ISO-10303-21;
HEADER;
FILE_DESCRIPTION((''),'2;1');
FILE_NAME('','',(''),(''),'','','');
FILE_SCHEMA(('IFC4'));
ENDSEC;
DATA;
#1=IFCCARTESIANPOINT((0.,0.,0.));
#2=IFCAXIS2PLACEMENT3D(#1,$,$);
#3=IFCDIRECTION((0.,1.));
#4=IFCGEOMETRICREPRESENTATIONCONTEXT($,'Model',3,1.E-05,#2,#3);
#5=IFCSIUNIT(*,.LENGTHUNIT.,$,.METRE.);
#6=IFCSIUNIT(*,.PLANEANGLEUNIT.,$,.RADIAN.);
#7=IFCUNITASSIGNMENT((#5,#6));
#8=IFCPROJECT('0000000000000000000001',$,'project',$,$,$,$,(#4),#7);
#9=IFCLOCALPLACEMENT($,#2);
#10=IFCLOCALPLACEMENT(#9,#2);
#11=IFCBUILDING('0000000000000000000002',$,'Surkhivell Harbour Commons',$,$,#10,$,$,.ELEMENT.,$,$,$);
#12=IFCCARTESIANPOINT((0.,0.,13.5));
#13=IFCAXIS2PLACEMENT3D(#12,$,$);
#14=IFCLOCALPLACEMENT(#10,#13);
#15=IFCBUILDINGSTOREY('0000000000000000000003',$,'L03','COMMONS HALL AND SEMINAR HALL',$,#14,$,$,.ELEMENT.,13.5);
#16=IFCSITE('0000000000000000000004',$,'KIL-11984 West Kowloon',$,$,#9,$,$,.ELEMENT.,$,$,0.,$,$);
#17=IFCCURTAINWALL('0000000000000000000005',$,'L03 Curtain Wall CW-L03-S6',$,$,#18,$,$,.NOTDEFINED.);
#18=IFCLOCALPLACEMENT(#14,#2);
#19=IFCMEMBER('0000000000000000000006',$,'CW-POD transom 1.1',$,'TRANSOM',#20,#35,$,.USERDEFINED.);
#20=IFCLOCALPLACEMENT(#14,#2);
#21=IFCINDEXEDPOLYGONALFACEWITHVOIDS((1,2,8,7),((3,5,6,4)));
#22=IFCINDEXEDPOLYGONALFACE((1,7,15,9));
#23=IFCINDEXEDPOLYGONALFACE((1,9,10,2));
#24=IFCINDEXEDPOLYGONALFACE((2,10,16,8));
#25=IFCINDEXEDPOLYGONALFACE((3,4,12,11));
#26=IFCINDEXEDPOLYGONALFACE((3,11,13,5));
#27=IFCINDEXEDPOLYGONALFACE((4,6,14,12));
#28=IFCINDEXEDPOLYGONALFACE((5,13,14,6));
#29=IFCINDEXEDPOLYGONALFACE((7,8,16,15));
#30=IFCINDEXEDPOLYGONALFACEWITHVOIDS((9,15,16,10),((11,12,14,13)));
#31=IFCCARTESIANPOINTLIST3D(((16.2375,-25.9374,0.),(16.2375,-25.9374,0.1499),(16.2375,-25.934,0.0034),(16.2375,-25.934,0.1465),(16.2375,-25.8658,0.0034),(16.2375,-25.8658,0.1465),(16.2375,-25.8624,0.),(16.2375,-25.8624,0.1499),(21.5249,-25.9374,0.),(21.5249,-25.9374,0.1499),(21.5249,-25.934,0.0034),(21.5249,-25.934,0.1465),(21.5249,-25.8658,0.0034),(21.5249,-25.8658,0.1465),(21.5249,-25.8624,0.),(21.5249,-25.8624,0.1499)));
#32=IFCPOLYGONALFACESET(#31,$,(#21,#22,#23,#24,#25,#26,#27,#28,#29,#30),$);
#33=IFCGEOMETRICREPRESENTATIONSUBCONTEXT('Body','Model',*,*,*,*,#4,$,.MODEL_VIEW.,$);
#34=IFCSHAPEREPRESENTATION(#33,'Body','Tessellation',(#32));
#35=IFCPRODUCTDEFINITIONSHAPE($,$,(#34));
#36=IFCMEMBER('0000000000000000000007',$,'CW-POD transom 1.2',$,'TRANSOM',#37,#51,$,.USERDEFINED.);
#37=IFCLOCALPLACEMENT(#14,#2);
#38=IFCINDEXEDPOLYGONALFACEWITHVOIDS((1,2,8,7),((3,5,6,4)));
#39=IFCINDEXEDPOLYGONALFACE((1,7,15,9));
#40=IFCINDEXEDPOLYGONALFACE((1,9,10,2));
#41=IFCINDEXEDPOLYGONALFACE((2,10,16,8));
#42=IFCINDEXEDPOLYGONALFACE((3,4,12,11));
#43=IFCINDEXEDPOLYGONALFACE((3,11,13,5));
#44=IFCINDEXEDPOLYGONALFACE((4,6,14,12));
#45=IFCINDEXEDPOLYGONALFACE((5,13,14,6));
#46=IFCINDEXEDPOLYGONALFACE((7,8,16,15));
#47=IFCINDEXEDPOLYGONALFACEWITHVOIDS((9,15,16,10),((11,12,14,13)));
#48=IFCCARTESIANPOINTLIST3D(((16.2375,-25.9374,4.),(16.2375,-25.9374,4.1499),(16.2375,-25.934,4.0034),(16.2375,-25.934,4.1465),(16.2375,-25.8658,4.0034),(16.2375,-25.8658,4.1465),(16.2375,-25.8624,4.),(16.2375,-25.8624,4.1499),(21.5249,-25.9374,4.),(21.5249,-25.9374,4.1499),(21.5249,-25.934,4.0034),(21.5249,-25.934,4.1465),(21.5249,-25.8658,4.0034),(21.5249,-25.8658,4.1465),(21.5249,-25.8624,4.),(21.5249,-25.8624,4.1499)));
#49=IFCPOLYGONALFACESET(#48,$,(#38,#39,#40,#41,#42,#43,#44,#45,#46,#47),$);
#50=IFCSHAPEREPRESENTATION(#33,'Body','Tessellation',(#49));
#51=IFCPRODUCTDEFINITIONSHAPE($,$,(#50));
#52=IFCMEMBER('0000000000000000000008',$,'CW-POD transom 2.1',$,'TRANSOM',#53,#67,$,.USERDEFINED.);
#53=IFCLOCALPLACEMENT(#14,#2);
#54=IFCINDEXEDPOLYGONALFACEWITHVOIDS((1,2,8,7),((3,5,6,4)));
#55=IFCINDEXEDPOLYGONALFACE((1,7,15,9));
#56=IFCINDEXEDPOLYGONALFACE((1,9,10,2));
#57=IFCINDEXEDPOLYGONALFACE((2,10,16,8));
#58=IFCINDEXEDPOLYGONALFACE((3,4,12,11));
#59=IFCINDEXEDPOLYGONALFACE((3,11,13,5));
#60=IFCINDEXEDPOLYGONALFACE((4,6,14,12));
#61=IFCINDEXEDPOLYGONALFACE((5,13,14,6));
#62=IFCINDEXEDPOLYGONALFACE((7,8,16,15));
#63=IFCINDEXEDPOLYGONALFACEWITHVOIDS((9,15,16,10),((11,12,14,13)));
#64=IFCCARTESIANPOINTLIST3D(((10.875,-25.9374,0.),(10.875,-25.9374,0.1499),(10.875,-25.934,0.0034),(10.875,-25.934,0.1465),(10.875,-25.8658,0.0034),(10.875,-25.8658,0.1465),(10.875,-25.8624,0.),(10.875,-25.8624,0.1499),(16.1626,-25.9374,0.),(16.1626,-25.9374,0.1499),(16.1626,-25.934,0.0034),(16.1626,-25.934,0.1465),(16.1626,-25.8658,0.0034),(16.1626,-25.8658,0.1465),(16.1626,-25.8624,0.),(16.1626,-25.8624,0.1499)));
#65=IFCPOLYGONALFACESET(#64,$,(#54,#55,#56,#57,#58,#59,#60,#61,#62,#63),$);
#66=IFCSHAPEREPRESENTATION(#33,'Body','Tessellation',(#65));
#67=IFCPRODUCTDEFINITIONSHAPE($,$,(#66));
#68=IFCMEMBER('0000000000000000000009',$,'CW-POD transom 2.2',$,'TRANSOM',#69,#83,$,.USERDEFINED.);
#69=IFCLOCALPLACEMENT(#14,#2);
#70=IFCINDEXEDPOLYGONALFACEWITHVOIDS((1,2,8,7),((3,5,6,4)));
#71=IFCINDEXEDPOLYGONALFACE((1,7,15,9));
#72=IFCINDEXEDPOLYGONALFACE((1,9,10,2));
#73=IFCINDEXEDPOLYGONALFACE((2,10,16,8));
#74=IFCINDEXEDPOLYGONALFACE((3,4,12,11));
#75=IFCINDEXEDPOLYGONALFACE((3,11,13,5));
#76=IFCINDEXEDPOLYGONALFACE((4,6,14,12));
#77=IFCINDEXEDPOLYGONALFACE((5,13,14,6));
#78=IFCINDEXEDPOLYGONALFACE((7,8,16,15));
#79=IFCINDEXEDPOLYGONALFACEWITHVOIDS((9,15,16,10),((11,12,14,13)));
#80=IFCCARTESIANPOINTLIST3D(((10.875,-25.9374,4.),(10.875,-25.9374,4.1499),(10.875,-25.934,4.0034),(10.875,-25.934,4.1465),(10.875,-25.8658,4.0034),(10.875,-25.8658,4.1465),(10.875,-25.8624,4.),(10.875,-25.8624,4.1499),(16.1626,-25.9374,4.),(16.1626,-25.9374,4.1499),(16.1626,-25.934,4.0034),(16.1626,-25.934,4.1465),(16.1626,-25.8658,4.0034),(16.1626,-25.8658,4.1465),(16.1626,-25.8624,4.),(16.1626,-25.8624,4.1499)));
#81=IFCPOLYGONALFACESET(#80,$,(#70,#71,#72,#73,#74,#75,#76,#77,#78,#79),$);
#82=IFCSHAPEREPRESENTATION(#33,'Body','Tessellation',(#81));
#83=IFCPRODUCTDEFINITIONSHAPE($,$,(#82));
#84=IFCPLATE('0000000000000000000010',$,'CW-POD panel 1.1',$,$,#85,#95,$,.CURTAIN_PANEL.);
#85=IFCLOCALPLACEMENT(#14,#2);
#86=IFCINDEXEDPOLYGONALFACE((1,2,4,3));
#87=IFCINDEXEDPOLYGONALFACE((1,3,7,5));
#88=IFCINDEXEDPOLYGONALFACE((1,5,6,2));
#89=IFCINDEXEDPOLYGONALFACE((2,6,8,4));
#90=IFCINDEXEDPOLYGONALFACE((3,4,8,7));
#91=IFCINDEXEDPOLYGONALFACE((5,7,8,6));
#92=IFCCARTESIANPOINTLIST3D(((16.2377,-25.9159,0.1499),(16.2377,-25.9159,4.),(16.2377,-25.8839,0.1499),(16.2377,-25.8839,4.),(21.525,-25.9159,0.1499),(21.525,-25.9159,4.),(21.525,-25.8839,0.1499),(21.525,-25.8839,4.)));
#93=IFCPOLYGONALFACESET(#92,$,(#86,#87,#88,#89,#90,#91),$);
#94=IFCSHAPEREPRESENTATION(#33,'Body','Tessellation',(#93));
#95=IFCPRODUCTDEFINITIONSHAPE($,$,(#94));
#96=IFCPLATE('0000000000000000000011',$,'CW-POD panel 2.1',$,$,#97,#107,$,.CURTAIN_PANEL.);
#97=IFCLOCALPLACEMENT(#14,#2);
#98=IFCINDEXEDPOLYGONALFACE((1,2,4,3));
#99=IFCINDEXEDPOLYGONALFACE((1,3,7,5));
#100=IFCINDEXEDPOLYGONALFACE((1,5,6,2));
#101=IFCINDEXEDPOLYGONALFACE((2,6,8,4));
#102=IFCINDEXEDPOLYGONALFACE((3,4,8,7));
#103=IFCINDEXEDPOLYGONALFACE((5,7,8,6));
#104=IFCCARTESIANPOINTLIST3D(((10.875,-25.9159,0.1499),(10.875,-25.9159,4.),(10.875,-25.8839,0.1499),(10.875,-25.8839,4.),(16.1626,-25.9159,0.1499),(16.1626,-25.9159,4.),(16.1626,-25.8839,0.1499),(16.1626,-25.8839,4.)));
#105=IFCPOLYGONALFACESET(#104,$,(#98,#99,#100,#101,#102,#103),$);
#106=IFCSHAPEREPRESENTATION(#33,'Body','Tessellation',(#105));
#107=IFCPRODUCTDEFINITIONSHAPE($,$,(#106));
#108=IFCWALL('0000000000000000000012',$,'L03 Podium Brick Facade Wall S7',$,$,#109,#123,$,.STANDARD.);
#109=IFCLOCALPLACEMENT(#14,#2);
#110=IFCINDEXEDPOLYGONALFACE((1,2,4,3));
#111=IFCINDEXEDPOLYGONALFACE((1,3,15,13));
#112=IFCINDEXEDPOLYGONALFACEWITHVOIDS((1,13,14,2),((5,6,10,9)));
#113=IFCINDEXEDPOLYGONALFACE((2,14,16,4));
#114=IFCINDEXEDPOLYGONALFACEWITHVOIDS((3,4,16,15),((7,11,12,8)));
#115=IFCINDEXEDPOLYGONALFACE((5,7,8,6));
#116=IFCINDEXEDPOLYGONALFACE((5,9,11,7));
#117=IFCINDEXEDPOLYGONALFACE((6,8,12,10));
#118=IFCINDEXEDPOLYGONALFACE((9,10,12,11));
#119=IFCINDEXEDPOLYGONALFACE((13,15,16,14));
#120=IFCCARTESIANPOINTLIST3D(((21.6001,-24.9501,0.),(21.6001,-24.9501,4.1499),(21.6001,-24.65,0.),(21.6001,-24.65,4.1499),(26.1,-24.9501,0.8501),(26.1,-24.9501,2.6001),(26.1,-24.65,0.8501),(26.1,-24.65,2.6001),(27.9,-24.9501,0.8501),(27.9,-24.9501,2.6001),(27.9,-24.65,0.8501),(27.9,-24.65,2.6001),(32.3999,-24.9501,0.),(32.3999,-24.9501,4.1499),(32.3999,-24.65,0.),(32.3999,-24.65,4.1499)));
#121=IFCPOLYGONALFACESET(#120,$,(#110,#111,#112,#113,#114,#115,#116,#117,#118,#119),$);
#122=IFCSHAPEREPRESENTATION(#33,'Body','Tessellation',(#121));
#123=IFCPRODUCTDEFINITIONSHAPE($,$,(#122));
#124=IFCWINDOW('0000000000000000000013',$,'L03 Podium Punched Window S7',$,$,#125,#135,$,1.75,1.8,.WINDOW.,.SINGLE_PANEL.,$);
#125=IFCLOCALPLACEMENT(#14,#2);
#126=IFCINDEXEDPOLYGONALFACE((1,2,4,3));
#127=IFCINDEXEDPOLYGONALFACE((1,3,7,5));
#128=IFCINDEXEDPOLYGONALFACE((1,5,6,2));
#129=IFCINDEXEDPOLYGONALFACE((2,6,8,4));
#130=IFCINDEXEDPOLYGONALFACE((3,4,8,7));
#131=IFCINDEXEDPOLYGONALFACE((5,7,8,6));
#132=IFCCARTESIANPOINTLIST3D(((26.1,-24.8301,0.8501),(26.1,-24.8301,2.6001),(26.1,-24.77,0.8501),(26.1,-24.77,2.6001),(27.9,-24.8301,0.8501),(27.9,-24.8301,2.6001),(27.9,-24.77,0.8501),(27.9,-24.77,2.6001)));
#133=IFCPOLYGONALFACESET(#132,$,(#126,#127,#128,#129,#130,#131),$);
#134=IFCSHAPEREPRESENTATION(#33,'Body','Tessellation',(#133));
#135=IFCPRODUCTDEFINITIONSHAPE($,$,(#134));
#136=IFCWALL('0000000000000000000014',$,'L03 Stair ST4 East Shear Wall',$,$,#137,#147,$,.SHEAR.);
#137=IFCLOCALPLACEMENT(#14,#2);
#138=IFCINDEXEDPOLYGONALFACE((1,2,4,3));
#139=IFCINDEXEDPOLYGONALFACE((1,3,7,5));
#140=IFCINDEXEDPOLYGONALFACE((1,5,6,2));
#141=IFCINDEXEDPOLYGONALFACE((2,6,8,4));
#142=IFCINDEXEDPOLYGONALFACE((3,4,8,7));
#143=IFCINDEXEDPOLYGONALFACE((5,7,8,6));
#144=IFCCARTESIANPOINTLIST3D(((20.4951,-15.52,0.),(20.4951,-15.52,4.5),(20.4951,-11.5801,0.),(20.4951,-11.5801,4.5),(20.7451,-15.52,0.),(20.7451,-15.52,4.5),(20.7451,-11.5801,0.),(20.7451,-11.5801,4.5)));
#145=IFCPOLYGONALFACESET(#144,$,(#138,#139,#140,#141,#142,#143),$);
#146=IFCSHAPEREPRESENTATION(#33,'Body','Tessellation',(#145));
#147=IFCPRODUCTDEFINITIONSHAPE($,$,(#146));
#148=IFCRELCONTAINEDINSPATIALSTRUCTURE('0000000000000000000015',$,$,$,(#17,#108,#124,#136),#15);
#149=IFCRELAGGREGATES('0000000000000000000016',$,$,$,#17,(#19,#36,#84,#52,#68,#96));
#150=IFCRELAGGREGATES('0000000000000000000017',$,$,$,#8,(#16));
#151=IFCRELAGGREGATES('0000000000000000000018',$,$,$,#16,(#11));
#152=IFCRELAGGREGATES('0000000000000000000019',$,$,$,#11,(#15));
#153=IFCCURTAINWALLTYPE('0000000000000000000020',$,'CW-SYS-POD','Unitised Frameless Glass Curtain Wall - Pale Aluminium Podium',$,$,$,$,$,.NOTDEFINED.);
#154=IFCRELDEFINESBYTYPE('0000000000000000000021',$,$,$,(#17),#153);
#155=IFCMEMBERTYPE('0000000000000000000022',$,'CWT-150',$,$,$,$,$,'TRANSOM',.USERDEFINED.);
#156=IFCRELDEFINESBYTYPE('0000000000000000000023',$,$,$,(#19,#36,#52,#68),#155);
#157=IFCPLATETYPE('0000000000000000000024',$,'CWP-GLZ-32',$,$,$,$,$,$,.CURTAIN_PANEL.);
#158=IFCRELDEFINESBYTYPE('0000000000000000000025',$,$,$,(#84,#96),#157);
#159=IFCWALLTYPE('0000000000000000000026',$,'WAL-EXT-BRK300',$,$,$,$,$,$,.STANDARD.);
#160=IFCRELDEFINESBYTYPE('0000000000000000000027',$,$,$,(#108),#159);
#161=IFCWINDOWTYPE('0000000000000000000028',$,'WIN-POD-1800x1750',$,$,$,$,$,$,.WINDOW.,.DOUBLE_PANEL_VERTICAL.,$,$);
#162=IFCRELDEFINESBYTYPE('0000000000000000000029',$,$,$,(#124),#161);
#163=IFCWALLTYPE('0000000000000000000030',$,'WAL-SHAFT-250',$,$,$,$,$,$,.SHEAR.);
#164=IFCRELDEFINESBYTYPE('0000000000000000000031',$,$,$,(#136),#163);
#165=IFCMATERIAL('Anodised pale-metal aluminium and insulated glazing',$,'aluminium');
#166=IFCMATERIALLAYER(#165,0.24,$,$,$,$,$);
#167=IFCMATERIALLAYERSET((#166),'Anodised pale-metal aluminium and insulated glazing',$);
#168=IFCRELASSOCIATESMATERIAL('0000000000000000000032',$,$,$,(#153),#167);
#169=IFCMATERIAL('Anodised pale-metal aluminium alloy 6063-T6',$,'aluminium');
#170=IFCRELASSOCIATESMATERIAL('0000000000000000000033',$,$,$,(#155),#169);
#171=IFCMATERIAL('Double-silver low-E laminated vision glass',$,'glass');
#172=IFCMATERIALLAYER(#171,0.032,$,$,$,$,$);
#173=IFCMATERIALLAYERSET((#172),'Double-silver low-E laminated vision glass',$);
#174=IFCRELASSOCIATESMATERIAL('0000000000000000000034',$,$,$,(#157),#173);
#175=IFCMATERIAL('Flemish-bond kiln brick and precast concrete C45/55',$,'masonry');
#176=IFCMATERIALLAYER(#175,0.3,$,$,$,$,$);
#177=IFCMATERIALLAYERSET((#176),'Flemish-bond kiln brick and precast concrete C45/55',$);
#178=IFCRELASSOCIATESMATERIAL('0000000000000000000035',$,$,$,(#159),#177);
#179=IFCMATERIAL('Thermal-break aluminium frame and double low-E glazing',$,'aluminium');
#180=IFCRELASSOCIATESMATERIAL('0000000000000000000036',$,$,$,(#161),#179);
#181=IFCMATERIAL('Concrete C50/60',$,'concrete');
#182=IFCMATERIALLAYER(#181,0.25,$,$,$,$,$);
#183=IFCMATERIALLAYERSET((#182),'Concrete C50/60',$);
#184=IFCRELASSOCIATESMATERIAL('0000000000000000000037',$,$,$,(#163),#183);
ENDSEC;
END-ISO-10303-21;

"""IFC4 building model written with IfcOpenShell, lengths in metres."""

from ifc_helpers import new_model, si_unit, direction, frame, frame_2d, origin, origin_2d, place, context, subcontext, project, spatial, rectangle, hollow_rectangle, extrude, material, layer, layer_set, material_profile, profile_set, type_object, element, fill, aggregate, save


model = new_model("IFC4")

# Units and contexts
model_context = context("Model", 3, precision=1e-05, world=origin(), true_north=direction((0.0, 1.0)))
body_context = subcontext(model_context, "Body", "Model", "MODEL_VIEW")
ifc_project = project(units=[si_unit("LENGTHUNIT", "METRE"), si_unit("PLANEANGLEUNIT", "RADIAN")], contexts=[model_context])

# Site, building, storey
site_placement = place(None, origin())
site = spatial("IfcSite", under=ifc_project, at=site_placement, Name="KIL-11984 West Kowloon", CompositionType="ELEMENT", RefElevation=0.0)
building_placement = place(site_placement, origin())
building = spatial("IfcBuilding", under=site, at=building_placement, Name="Surkhivell Harbour Commons", CompositionType="ELEMENT")
storey_placement = place(building_placement, frame((0.0, 0.0, 13.5)))
storey = spatial("IfcBuildingStorey", under=building, at=storey_placement, Name="L03", Description="COMMONS HALL AND SEMINAR HALL", CompositionType="ELEMENT", Elevation=13.5)

# Shared definitions
ifc_material_1 = material(Name="Concrete C50/60", Category="concrete")

# Curtain wall
ifc_material_2 = material(Name="Anodised pale-metal aluminium and insulated glazing", Category="aluminium")
ifc_layer_1 = layer(ifc_material_2, 0.24)
ifc_layer_set_1 = layer_set([ifc_layer_1], Name="Anodised pale-metal aluminium and insulated glazing")
curtain_wall_type = type_object("IfcCurtainWallType", Name="CW-SYS-POD", Description="Unitised Frameless Glass Curtain Wall - Pale Aluminium Podium", PredefinedType="NOTDEFINED", material=ifc_layer_set_1)
curtain_wall_1_placement = place(storey_placement, origin())
curtain_wall_1 = element("IfcCurtainWall", 1, at=curtain_wall_1_placement, inside=storey, type_object=curtain_wall_type, Name="L03 Curtain Wall CW-L03-S6", PredefinedType="NOTDEFINED")
ifc_material_3 = material(Name="Anodised pale-metal aluminium alloy 6063-T6", Category="aluminium")

# Members
ifc_material_profile_1 = material_profile(ifc_material_3, hollow_rectangle(XDim=0.075, YDim=0.1499, WallThickness=0.0034, at=origin_2d()), Name="ALU-TRAN-75x150")
ifc_profile_set_1 = profile_set([ifc_material_profile_1], Name="Anodised pale-metal aluminium alloy 6063-T6")
member_type_1 = type_object("IfcMemberType", Name="CWT-150", ElementType="TRANSOM", PredefinedType="USERDEFINED", material=ifc_profile_set_1)
member_1_placement = place(storey_placement, frame((21.5249, -25.8999, 0.075), z_axis=(-1.0, 0.0, 0.0), x_axis=(0.0, -1.0, 0.0)))
member_1 = element("IfcMember", 2, at=member_1_placement, type_object=member_type_1, Name="CW-POD transom 1.1", ObjectType="TRANSOM", PredefinedType="USERDEFINED", context=body_context, shape_type="SweptSolid", body=[
    extrude(hollow_rectangle(XDim=0.075, YDim=0.1499, WallThickness=0.0034, at=origin_2d()), origin(), (0.0, 0.0, 1.0), 5.2874),
])
member_2_placement = place(storey_placement, frame((21.5249, -25.8999, 4.075), z_axis=(-1.0, 0.0, 0.0), x_axis=(0.0, -1.0, 0.0)))
member_2 = element("IfcMember", 3, at=member_2_placement, type_object=member_type_1, Name="CW-POD transom 1.2", ObjectType="TRANSOM", PredefinedType="USERDEFINED", context=body_context, shape_type="SweptSolid", body=[
    extrude(hollow_rectangle(XDim=0.075, YDim=0.1499, WallThickness=0.0034, at=origin_2d()), origin(), (0.0, 0.0, 1.0), 5.2874),
])
member_3_placement = place(storey_placement, frame((16.1626, -25.8999, 0.075), z_axis=(-1.0, 0.0, 0.0), x_axis=(0.0, -1.0, 0.0)))
member_3 = element("IfcMember", 4, at=member_3_placement, type_object=member_type_1, Name="CW-POD transom 2.1", ObjectType="TRANSOM", PredefinedType="USERDEFINED", context=body_context, shape_type="SweptSolid", body=[
    extrude(hollow_rectangle(XDim=0.075, YDim=0.1499, WallThickness=0.0034, at=origin_2d()), origin(), (0.0, 0.0, 1.0), 5.2876),
])
member_4_placement = place(storey_placement, frame((16.1626, -25.8999, 4.075), z_axis=(-1.0, 0.0, 0.0), x_axis=(0.0, -1.0, 0.0)))
member_4 = element("IfcMember", 5, at=member_4_placement, type_object=member_type_1, Name="CW-POD transom 2.2", ObjectType="TRANSOM", PredefinedType="USERDEFINED", context=body_context, shape_type="SweptSolid", body=[
    extrude(hollow_rectangle(XDim=0.075, YDim=0.1499, WallThickness=0.0034, at=origin_2d()), origin(), (0.0, 0.0, 1.0), 5.2876),
])

# Plates
ifc_material_4 = material(Name="Double-silver low-E laminated vision glass", Category="glass")
ifc_layer_2 = layer(ifc_material_4, 0.032)
ifc_layer_set_2 = layer_set([ifc_layer_2], Name="Double-silver low-E laminated vision glass")
plate_type = type_object("IfcPlateType", Name="CWP-GLZ-32", PredefinedType="CURTAIN_PANEL", material=ifc_layer_set_2)
plate_1_placement = place(storey_placement, frame((21.5249, -25.8999, 0.1499), z_axis=(0.0, 0.0, 1.0), x_axis=(-1.0, 0.0, 0.0)))
plate_1 = element("IfcPlate", 6, at=plate_1_placement, type_object=plate_type, Name="CW-POD panel 1.1", PredefinedType="CURTAIN_PANEL", context=body_context, shape_type="SweptSolid", body=[
    extrude(rectangle(XDim=5.2874, YDim=0.032, at=frame_2d((2.6436, 0.0))), origin(), (0.0, 0.0, 1.0), 3.8501),
])
plate_2_placement = place(storey_placement, frame((16.1626, -25.8999, 0.1499), z_axis=(0.0, 0.0, 1.0), x_axis=(-1.0, 0.0, 0.0)))
plate_2 = element("IfcPlate", 7, at=plate_2_placement, type_object=plate_type, Name="CW-POD panel 2.1", PredefinedType="CURTAIN_PANEL", context=body_context, shape_type="SweptSolid", body=[
    extrude(rectangle(XDim=5.2876, YDim=0.032, at=frame_2d((2.6438, 0.0))), origin(), (0.0, 0.0, 1.0), 3.8501),
])
aggregate(curtain_wall_1, [member_1, member_2, plate_1, member_3, member_4, plate_2])

# Wall, opening, window
ifc_material_5 = material(Name="Flemish-bond kiln brick and precast concrete C45/55", Category="masonry")
ifc_layer_3 = layer(ifc_material_5, 0.3)
ifc_layer_set_3 = layer_set([ifc_layer_3], Name="Flemish-bond kiln brick and precast concrete C45/55")
wall_type_1 = type_object("IfcWallType", Name="WAL-EXT-BRK300", PredefinedType="STANDARD", material=ifc_layer_set_3)
wall_1_placement = place(storey_placement, frame((32.3999, -24.8, 0.0), z_axis=(0.0, 0.0, 1.0), x_axis=(-1.0, 0.0, 0.0)))
wall_1 = element("IfcWall", 8, at=wall_1_placement, inside=storey, type_object=wall_type_1, Name="L03 Podium Brick Facade Wall S7", PredefinedType="STANDARD", context=body_context, shape_type="SweptSolid", body=[
    extrude(rectangle(XDim=10.7998, YDim=0.3, at=frame_2d((5.3999, 0.0))), origin(), (0.0, 0.0, 1.0), 4.1499),
])
opening_placement = place(wall_1_placement, frame((4.5, 0.0, 0.8501)))
opening = element("IfcOpeningElement", 9, at=opening_placement, cuts=wall_1, PredefinedType="OPENING", context=body_context, shape_type="SweptSolid", body=[
    extrude(rectangle(XDim=1.8, YDim=1.75, at=frame_2d((0.8999, 0.875))), frame((0.0, 0.1599, 0.0), z_axis=(0.0, -1.0, 0.0), x_axis=(1.0, 0.0, 0.0)), (0.0, 0.0, 1.0), 0.3201),
])
ifc_material_6 = material(Name="Thermal-break aluminium frame and double low-E glazing", Category="aluminium")
window_type = type_object("IfcWindowType", Name="WIN-POD-1800x1750", PartitioningType="DOUBLE_PANEL_VERTICAL", PredefinedType="WINDOW", material=ifc_material_6)
window_placement = place(opening_placement, origin())
window = element("IfcWindow", 10, at=window_placement, inside=storey, type_object=window_type, Name="L03 Podium Punched Window S7", OverallHeight=1.75, OverallWidth=1.8, PartitioningType="SINGLE_PANEL", PredefinedType="WINDOW", context=body_context, shape_type="SweptSolid", body=[
    extrude(rectangle(XDim=1.8, YDim=1.75, at=frame_2d((0.8999, 0.875))), frame((0.0, 0.03, 0.0), z_axis=(0.0, -1.0, 0.0), x_axis=(1.0, 0.0, 0.0)), (0.0, 0.0, 1.0), 0.0601),
])
fill(opening, window)

# Wall
ifc_layer_4 = layer(ifc_material_1, 0.25)
ifc_layer_set_4 = layer_set([ifc_layer_4], Name="Concrete C50/60")
wall_type_2 = type_object("IfcWallType", Name="WAL-SHAFT-250", PredefinedType="SHEAR", material=ifc_layer_set_4)
wall_2_placement = place(storey_placement, frame((20.6201, -15.52, 0.0), z_axis=(0.0, 0.0, 1.0), x_axis=(0.0, 1.0, 0.0)))
element("IfcWall", 11, at=wall_2_placement, inside=storey, type_object=wall_type_2, Name="L03 Stair ST4 East Shear Wall", PredefinedType="SHEAR", context=body_context, shape_type="SweptSolid", body=[
    extrude(rectangle(XDim=3.9399, YDim=0.25, at=frame_2d((1.97, 0.0))), origin(), (0.0, 0.0, 1.0), 4.5),
])

save(model, "model.ifc")
